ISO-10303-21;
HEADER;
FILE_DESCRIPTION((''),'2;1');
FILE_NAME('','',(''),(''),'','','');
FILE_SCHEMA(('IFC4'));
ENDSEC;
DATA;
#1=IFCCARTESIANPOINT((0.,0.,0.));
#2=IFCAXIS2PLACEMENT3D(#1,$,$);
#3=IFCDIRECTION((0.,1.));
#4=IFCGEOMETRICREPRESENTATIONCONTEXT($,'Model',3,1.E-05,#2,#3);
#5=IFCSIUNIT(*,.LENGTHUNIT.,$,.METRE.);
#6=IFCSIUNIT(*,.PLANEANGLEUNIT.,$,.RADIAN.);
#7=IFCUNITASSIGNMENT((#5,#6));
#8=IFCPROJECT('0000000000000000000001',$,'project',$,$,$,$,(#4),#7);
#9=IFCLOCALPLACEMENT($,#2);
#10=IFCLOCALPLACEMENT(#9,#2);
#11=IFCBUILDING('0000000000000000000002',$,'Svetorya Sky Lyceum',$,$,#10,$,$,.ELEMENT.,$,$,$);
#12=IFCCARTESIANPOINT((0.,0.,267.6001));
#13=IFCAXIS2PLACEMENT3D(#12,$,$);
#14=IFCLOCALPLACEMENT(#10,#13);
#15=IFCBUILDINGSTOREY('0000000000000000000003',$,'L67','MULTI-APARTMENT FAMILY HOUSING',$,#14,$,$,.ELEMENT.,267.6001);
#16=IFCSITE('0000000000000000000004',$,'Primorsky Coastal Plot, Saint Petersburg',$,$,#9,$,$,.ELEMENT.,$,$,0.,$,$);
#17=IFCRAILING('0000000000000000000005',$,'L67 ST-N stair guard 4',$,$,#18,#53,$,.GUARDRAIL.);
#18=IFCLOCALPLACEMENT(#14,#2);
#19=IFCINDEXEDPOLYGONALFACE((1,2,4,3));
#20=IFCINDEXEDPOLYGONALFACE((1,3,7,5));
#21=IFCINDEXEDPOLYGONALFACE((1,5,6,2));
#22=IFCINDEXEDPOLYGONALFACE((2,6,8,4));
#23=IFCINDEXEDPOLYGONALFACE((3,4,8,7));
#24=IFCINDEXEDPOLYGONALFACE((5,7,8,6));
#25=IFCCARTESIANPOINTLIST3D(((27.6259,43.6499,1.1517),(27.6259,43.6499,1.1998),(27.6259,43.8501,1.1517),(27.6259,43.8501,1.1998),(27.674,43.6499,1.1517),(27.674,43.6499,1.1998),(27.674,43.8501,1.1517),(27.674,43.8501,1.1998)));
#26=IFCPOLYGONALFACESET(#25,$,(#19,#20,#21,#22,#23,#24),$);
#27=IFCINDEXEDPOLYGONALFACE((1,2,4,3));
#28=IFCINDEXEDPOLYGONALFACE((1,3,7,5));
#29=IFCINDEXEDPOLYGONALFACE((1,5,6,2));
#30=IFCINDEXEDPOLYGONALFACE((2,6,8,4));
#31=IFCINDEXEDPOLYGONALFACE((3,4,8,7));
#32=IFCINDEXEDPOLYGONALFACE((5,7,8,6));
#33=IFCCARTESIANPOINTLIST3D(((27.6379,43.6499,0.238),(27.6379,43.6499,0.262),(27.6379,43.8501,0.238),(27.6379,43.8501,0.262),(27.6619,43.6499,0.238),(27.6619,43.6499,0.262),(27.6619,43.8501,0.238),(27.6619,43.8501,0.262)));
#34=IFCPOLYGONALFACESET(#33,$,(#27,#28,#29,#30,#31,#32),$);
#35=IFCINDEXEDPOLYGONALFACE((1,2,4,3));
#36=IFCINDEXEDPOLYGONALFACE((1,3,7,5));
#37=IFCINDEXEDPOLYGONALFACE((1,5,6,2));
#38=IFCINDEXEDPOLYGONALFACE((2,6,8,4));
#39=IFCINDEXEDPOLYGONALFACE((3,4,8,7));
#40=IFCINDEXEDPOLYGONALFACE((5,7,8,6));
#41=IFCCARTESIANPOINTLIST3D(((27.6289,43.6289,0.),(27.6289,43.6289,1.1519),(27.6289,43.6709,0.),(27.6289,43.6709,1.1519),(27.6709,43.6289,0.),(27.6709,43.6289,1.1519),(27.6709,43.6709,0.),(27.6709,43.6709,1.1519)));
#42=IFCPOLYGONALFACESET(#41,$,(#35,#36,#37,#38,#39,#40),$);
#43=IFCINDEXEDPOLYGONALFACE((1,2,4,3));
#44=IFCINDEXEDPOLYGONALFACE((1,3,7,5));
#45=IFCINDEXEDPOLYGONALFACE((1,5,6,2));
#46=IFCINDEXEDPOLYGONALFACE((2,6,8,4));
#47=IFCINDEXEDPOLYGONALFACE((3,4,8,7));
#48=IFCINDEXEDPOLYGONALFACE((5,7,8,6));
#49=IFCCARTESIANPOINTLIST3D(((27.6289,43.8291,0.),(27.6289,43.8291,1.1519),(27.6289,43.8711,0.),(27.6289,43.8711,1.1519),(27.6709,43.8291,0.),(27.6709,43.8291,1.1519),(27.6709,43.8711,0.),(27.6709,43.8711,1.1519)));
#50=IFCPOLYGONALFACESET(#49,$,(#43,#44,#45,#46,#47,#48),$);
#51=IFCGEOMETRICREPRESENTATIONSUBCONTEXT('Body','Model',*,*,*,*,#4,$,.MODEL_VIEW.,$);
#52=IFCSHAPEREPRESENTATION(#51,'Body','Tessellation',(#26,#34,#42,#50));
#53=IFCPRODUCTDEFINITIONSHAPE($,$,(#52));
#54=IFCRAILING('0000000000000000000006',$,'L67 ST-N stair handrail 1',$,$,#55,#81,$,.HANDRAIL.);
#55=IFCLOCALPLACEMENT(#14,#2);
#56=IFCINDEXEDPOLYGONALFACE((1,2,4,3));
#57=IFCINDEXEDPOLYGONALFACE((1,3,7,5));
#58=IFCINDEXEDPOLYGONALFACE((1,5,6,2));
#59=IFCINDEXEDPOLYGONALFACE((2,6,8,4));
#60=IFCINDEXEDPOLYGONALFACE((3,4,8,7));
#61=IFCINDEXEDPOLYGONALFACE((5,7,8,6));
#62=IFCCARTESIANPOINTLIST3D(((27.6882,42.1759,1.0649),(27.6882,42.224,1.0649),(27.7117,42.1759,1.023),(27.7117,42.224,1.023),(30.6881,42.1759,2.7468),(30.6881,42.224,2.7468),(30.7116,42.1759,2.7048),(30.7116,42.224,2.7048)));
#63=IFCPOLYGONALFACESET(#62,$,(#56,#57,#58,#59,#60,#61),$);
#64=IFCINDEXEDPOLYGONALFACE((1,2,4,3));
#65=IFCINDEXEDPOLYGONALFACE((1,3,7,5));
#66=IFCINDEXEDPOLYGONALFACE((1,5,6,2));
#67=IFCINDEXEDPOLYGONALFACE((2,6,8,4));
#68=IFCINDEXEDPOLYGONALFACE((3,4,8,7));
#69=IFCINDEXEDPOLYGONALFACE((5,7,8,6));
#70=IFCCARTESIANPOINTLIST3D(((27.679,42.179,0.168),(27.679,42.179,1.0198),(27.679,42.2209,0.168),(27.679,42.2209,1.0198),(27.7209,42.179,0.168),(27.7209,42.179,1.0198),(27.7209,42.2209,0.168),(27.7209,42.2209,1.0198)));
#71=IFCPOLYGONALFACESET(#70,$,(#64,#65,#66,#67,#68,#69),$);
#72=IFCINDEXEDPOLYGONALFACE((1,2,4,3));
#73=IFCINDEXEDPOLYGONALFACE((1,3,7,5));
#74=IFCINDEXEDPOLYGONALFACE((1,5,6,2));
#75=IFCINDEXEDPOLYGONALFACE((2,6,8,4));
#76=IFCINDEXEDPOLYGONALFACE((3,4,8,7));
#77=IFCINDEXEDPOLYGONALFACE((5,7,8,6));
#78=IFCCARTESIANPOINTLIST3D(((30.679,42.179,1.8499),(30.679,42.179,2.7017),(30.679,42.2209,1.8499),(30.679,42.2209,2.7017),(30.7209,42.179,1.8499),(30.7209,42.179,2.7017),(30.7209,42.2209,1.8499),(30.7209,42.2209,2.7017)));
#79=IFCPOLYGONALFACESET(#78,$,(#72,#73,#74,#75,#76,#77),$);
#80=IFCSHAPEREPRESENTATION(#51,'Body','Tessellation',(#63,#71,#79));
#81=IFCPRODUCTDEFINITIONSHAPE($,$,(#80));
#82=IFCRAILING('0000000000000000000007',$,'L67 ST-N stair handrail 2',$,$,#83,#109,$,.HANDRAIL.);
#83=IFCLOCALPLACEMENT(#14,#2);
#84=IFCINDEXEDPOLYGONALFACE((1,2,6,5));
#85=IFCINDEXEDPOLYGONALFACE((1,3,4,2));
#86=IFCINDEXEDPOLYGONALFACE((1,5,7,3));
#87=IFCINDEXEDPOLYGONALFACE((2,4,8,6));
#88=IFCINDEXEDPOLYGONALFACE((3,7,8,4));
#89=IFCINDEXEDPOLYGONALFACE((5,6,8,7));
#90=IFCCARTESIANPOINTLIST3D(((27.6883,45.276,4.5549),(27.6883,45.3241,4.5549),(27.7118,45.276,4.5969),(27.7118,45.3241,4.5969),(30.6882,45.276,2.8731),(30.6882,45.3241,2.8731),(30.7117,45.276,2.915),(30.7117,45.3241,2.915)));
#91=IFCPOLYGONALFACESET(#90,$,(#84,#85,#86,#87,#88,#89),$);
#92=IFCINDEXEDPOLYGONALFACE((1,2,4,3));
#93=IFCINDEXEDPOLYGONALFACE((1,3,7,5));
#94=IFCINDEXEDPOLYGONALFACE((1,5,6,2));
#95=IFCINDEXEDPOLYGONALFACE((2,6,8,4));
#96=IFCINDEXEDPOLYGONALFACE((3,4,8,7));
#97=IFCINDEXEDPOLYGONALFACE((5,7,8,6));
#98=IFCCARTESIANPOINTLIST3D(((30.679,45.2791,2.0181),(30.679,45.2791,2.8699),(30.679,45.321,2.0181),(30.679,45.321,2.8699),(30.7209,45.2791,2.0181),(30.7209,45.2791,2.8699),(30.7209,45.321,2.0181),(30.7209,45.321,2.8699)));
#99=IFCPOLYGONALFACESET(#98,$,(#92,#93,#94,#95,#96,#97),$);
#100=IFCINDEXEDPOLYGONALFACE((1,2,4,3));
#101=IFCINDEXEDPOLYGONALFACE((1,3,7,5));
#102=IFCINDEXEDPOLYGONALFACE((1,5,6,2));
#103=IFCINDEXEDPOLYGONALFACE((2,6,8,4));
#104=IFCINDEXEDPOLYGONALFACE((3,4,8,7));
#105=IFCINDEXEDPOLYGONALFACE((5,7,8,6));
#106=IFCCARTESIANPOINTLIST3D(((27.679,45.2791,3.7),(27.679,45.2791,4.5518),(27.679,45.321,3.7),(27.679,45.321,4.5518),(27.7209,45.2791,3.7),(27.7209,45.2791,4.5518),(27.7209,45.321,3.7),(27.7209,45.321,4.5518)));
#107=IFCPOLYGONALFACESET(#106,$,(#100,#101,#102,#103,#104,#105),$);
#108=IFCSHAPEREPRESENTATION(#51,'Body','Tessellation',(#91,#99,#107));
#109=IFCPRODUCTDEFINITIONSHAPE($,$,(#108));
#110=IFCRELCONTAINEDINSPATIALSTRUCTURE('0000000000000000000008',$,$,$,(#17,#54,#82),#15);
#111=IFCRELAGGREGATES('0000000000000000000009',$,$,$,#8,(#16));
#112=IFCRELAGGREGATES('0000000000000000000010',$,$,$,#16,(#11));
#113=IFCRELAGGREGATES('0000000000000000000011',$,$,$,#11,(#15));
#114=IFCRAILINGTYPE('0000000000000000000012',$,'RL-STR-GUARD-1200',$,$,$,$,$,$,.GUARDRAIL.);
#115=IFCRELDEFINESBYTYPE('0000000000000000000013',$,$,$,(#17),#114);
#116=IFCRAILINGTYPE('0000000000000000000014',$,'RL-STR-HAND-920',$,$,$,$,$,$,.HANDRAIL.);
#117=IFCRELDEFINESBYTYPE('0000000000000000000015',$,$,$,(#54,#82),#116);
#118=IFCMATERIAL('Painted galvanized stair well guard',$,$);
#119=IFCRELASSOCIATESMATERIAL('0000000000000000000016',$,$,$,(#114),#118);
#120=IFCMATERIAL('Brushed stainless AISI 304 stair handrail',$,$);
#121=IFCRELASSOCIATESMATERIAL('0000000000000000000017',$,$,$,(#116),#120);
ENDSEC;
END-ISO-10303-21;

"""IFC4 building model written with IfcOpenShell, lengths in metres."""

from ifc_helpers import new_model, si_unit, direction, frame, origin, origin_2d, place, context, subcontext, project, spatial, rectangle, extrude, material, type_object, element, save


model = new_model("IFC4")

# Units and contexts
model_context = context("Model", 3, precision=1e-05, world=origin(), true_north=direction((0.0, 1.0)))
body_context = subcontext(model_context, "Body", "Model", "MODEL_VIEW")
ifc_project = project(units=[si_unit("LENGTHUNIT", "METRE"), si_unit("PLANEANGLEUNIT", "RADIAN")], contexts=[model_context])

# Site, building, storey
site_placement = place(None, origin())
site = spatial("IfcSite", under=ifc_project, at=site_placement, Name="Primorsky Coastal Plot, Saint Petersburg", CompositionType="ELEMENT", RefElevation=0.0)
building_placement = place(site_placement, origin())
building = spatial("IfcBuilding", under=site, at=building_placement, Name="Svetorya Sky Lyceum", CompositionType="ELEMENT")
storey_placement = place(building_placement, frame((0.0, 0.0, 267.6001)))
storey = spatial("IfcBuildingStorey", under=building, at=storey_placement, Name="L67", Description="MULTI-APARTMENT FAMILY HOUSING", CompositionType="ELEMENT", Elevation=267.6001)

# Railings
ifc_material_1 = material(Name="Painted galvanized stair well guard")
railing_type_1 = type_object("IfcRailingType", Name="RL-STR-GUARD-1200", PredefinedType="GUARDRAIL", material=ifc_material_1)
railing_1_placement = place(storey_placement, frame((27.6499, 43.6499, 0.0)))
element("IfcRailing", 1, at=railing_1_placement, inside=storey, type_object=railing_type_1, Name="L67 ST-N stair guard 4", PredefinedType="GUARDRAIL", context=body_context, shape_type="SweptSolid", body=[
    extrude(rectangle(XDim=0.0481, YDim=0.0481, at=origin_2d()), frame((0.0, 0.0, 1.1758), z_axis=(0.0, 1.0, 0.0), x_axis=(-1.0, 0.0, 0.0)), (0.0, 0.0, 1.0), 0.2002),
    extrude(rectangle(XDim=0.0239, YDim=0.0239, at=origin_2d()), frame((0.0, 0.0, 0.25), z_axis=(0.0, 1.0, 0.0), x_axis=(-1.0, 0.0, 0.0)), (0.0, 0.0, 1.0), 0.2002),
    extrude(rectangle(XDim=0.042, YDim=0.042, at=origin_2d()), origin(), (0.0, 0.0, 1.0), 1.1519),
    extrude(rectangle(XDim=0.042, YDim=0.042, at=origin_2d()), frame((0.0, 0.2002, 0.0)), (0.0, 0.0, 1.0), 1.1519),
])
ifc_material_2 = material(Name="Brushed stainless AISI 304 stair handrail")
railing_type_2 = type_object("IfcRailingType", Name="RL-STR-HAND-920", PredefinedType="HANDRAIL", material=ifc_material_2)
railing_2_placement = place(storey_placement, frame((27.7, 42.2, 0.168)))
element("IfcRailing", 2, at=railing_2_placement, inside=storey, type_object=railing_type_2, Name="L67 ST-N stair handrail 1", PredefinedType="HANDRAIL", context=body_context, shape_type="SweptSolid", body=[
    extrude(rectangle(XDim=0.0481, YDim=0.0481, at=origin_2d()), frame((0.0, 0.0, 0.876), z_axis=(0.872272, 0.0, 0.48902), x_axis=(0.0, 1.0, 0.0)), (0.0, 0.0, 1.0), 3.4392),
    extrude(rectangle(XDim=0.042, YDim=0.042, at=origin_2d()), origin(), (0.0, 0.0, 1.0), 0.8518),
    extrude(rectangle(XDim=0.042, YDim=0.042, at=origin_2d()), frame((3.0, 0.0, 1.6819)), (0.0, 0.0, 1.0), 0.8518),
])
railing_3_placement = place(storey_placement, frame((30.7, 45.3, 2.0181)))
element("IfcRailing", 3, at=railing_3_placement, inside=storey, type_object=railing_type_2, Name="L67 ST-N stair handrail 2", PredefinedType="HANDRAIL", context=body_context, shape_type="SweptSolid", body=[
    extrude(rectangle(XDim=0.0481, YDim=0.0481, at=origin_2d()), frame((0.0, 0.0, 0.876), z_axis=(-0.872272, 0.0, 0.48902), x_axis=(0.0, -1.0, 0.0)), (0.0, 0.0, 1.0), 3.4392),
    extrude(rectangle(XDim=0.042, YDim=0.042, at=origin_2d()), origin(), (0.0, 0.0, 1.0), 0.8518),
    extrude(rectangle(XDim=0.042, YDim=0.042, at=origin_2d()), frame((-3.0, 0.0, 1.6819)), (0.0, 0.0, 1.0), 0.8518),
])

save(model, "model.ifc")
